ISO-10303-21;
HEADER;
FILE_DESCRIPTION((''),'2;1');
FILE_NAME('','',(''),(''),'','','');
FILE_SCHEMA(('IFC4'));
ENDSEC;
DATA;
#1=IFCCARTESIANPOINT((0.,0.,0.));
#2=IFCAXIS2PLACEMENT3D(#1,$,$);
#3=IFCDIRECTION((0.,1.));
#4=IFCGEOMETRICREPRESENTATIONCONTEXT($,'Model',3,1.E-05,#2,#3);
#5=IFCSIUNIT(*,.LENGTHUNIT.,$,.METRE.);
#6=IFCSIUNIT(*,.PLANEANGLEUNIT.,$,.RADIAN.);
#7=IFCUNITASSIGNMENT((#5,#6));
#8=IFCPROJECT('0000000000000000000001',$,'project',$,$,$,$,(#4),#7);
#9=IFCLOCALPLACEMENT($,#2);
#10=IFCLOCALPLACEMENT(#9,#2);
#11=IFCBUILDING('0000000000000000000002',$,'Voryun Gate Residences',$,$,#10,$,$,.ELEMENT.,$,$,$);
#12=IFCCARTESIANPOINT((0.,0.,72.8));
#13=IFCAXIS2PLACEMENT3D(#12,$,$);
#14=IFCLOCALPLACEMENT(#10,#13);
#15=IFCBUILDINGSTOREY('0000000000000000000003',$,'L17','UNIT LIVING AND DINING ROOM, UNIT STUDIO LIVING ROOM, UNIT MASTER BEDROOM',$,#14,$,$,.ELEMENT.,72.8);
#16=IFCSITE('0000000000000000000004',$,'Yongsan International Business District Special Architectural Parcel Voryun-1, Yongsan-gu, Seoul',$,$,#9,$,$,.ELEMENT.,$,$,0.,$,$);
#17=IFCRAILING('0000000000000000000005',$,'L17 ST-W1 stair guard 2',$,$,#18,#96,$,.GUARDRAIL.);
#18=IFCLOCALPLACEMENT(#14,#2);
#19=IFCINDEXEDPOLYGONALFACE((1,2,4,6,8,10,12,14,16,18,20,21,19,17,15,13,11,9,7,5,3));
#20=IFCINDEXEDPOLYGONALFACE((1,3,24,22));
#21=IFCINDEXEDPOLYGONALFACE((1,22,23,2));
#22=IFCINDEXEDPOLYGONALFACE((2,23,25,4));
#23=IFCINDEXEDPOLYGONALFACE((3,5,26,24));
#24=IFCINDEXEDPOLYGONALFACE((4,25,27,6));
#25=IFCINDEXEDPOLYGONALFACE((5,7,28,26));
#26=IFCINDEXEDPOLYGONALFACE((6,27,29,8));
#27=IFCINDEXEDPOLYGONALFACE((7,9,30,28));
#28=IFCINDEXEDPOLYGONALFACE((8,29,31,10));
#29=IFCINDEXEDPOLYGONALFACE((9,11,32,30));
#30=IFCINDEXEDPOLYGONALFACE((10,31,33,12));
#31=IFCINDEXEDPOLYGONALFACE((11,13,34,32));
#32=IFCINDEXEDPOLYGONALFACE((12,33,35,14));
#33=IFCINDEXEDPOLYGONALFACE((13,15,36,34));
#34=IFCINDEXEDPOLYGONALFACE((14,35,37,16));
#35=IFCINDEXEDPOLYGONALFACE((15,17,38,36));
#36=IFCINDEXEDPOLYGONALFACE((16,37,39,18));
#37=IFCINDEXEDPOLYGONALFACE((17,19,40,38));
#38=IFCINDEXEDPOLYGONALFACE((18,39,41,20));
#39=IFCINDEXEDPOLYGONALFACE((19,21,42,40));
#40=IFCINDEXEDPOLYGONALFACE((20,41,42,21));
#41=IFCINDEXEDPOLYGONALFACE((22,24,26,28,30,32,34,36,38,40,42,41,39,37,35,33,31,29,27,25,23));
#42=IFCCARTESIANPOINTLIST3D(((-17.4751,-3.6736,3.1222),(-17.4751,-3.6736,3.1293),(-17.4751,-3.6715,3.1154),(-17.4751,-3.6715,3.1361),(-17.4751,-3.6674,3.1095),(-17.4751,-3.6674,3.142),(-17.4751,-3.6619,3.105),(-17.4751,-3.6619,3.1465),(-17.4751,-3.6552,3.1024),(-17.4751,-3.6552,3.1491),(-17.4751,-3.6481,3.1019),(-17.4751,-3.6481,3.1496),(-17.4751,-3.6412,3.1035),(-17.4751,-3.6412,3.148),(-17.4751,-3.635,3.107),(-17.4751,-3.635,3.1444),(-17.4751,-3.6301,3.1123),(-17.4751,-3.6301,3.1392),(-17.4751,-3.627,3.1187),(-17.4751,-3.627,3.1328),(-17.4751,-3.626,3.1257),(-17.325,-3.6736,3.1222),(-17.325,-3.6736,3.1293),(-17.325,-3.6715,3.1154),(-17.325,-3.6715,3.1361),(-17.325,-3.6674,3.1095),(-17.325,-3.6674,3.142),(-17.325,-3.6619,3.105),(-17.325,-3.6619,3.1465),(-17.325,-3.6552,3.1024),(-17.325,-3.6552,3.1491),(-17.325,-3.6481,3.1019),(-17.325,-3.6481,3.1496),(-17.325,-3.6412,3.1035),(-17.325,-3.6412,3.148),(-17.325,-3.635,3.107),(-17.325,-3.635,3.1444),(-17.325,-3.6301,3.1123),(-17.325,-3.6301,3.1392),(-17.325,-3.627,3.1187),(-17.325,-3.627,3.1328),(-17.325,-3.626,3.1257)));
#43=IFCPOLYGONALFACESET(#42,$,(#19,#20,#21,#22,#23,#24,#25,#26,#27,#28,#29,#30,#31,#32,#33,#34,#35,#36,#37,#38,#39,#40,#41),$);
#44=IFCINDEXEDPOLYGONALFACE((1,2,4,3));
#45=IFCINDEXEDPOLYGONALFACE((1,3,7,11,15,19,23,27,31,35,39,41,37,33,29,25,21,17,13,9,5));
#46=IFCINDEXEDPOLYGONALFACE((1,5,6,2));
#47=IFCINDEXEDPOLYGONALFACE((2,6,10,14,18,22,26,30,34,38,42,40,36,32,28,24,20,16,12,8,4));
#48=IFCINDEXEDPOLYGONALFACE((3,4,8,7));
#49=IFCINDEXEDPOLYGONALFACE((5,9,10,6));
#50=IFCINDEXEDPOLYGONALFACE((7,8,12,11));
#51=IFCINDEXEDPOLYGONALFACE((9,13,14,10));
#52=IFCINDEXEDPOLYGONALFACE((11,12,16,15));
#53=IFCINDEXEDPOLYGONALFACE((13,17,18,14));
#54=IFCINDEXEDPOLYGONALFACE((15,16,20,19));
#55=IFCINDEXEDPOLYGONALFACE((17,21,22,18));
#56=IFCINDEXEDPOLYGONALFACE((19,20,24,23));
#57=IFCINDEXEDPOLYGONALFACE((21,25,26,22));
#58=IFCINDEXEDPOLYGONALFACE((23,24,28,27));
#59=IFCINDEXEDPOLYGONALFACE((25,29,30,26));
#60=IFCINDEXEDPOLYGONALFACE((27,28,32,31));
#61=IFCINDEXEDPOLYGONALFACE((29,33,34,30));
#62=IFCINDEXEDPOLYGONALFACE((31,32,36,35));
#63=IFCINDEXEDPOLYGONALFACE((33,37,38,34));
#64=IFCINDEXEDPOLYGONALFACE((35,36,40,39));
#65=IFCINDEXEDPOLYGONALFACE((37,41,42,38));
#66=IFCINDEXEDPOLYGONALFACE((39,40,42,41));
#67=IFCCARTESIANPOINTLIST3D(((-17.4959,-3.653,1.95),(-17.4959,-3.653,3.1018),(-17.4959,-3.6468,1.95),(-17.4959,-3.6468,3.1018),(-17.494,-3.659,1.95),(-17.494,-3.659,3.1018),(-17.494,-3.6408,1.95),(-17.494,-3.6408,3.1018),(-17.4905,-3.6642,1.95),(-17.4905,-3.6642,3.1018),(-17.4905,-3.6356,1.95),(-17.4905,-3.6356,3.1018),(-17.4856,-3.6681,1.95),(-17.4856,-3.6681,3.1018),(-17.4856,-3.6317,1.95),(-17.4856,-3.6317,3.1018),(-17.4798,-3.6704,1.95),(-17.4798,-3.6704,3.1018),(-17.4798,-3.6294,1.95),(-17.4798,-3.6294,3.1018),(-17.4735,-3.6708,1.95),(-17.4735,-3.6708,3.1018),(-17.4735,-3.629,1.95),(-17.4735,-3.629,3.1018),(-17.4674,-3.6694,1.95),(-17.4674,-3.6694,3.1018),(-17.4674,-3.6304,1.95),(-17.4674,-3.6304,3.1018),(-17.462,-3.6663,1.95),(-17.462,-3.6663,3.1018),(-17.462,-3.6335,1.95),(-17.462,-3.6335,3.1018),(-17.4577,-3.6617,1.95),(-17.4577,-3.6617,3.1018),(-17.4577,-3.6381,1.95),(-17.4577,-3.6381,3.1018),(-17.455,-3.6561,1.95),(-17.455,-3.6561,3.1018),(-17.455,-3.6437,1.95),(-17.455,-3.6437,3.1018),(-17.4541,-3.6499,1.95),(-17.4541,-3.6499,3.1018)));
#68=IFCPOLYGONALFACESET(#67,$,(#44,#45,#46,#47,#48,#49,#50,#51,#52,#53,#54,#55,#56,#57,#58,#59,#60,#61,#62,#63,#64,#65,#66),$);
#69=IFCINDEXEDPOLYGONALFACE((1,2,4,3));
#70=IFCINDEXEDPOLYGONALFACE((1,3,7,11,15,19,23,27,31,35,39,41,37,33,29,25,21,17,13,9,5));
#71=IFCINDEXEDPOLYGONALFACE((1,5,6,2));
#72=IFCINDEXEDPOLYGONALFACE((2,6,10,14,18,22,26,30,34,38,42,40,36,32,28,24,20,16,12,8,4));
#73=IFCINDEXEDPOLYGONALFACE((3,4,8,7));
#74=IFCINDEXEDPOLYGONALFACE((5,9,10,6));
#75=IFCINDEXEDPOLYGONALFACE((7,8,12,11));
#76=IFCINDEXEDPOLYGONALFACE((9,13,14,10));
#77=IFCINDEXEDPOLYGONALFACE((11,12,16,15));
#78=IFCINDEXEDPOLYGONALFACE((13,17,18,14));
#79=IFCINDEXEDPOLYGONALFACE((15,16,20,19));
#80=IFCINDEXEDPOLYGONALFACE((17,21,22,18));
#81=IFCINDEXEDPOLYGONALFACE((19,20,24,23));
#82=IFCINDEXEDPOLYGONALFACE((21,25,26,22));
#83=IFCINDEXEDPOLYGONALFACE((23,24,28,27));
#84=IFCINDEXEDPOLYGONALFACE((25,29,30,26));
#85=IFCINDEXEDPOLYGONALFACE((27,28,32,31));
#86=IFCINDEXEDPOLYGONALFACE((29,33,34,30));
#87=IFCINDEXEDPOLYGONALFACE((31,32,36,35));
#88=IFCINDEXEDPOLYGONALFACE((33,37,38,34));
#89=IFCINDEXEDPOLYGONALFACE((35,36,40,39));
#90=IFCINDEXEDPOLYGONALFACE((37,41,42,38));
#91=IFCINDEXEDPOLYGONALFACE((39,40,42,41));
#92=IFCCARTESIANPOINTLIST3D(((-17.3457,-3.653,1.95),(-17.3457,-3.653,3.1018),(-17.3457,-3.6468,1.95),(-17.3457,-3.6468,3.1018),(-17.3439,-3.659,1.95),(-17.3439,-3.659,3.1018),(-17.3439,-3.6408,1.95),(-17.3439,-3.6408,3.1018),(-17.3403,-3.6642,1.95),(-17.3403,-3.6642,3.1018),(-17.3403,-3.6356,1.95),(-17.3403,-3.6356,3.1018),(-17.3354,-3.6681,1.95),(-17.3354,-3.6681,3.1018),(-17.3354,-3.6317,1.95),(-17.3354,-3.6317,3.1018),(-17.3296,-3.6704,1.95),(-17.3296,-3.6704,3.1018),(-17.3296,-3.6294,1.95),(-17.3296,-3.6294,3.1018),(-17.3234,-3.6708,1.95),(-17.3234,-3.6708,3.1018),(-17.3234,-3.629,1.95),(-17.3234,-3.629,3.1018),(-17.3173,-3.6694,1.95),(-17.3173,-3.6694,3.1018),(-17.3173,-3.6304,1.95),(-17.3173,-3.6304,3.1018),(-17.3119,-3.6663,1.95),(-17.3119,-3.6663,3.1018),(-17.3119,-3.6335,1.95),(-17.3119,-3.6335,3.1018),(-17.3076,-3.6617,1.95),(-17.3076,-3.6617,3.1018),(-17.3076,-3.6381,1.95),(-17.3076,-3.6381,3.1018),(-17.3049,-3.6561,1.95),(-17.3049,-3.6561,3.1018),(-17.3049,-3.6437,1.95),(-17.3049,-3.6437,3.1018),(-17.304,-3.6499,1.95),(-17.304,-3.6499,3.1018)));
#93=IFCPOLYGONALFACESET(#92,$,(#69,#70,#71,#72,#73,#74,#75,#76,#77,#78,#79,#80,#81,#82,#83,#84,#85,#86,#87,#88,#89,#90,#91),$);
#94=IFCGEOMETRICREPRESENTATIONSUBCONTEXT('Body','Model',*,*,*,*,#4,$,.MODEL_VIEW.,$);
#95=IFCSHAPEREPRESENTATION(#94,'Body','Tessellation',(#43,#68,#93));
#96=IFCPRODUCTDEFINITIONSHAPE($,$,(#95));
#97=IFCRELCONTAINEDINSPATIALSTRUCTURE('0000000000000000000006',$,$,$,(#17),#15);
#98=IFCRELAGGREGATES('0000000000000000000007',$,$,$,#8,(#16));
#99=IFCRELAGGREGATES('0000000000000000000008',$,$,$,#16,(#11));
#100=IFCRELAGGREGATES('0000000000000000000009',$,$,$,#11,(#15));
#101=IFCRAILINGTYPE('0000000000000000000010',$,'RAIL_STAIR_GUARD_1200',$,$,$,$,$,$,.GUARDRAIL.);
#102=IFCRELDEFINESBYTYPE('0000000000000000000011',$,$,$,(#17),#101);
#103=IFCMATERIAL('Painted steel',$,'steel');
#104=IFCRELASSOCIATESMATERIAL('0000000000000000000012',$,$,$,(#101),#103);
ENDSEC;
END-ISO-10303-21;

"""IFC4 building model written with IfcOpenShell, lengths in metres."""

from ifc_helpers import new_model, si_unit, direction, frame, origin, origin_2d, place, context, subcontext, project, spatial, circle, extrude, material, type_object, element, save


model = new_model("IFC4")

# Units and contexts
model_context = context("Model", 3, precision=1e-05, world=origin(), true_north=direction((0.0, 1.0)))
body_context = subcontext(model_context, "Body", "Model", "MODEL_VIEW")
ifc_project = project(units=[si_unit("LENGTHUNIT", "METRE"), si_unit("PLANEANGLEUNIT", "RADIAN")], contexts=[model_context])

# Site, building, storey
site_placement = place(None, origin())
site = spatial("IfcSite", under=ifc_project, at=site_placement, Name="Yongsan International Business District Special Architectural Parcel Voryun-1, Yongsan-gu, Seoul", CompositionType="ELEMENT", RefElevation=0.0)
building_placement = place(site_placement, origin())
building = spatial("IfcBuilding", under=site, at=building_placement, Name="Voryun Gate Residences", CompositionType="ELEMENT")
storey_placement = place(building_placement, frame((0.0, 0.0, 72.8)))
storey = spatial("IfcBuildingStorey", under=building, at=storey_placement, Name="L17", Description="UNIT LIVING AND DINING ROOM, UNIT STUDIO LIVING ROOM, UNIT MASTER BEDROOM", CompositionType="ELEMENT", Elevation=72.8)

# Railing
ifc_material_1 = material(Name="Painted steel", Category="steel")
railing_type_1 = type_object("IfcRailingType", Name="RAIL_STAIR_GUARD_1200", PredefinedType="GUARDRAIL", material=ifc_material_1)
railing_1_placement = place(storey_placement, frame((-17.4751, -3.6499, 1.95)))
element("IfcRailing", 1, at=railing_1_placement, inside=storey, type_object=railing_type_1, Name="L17 ST-W1 stair guard 2", PredefinedType="GUARDRAIL", context=body_context, shape_type="SweptSolid", body=[
    extrude(circle(Radius=0.0239, at=origin_2d()), frame((0.0, 0.0, 1.1758), z_axis=(1.0, 0.0, 0.0), x_axis=(0.0, 1.0, 0.0)), (0.0, 0.0, 1.0), 0.1501),
    extrude(circle(Radius=0.021, at=origin_2d()), origin(), (0.0, 0.0, 1.0), 1.1519),
    extrude(circle(Radius=0.021, at=origin_2d()), frame((0.1501, 0.0, 0.0)), (0.0, 0.0, 1.0), 1.1519),
])

save(model, "model.ifc")
